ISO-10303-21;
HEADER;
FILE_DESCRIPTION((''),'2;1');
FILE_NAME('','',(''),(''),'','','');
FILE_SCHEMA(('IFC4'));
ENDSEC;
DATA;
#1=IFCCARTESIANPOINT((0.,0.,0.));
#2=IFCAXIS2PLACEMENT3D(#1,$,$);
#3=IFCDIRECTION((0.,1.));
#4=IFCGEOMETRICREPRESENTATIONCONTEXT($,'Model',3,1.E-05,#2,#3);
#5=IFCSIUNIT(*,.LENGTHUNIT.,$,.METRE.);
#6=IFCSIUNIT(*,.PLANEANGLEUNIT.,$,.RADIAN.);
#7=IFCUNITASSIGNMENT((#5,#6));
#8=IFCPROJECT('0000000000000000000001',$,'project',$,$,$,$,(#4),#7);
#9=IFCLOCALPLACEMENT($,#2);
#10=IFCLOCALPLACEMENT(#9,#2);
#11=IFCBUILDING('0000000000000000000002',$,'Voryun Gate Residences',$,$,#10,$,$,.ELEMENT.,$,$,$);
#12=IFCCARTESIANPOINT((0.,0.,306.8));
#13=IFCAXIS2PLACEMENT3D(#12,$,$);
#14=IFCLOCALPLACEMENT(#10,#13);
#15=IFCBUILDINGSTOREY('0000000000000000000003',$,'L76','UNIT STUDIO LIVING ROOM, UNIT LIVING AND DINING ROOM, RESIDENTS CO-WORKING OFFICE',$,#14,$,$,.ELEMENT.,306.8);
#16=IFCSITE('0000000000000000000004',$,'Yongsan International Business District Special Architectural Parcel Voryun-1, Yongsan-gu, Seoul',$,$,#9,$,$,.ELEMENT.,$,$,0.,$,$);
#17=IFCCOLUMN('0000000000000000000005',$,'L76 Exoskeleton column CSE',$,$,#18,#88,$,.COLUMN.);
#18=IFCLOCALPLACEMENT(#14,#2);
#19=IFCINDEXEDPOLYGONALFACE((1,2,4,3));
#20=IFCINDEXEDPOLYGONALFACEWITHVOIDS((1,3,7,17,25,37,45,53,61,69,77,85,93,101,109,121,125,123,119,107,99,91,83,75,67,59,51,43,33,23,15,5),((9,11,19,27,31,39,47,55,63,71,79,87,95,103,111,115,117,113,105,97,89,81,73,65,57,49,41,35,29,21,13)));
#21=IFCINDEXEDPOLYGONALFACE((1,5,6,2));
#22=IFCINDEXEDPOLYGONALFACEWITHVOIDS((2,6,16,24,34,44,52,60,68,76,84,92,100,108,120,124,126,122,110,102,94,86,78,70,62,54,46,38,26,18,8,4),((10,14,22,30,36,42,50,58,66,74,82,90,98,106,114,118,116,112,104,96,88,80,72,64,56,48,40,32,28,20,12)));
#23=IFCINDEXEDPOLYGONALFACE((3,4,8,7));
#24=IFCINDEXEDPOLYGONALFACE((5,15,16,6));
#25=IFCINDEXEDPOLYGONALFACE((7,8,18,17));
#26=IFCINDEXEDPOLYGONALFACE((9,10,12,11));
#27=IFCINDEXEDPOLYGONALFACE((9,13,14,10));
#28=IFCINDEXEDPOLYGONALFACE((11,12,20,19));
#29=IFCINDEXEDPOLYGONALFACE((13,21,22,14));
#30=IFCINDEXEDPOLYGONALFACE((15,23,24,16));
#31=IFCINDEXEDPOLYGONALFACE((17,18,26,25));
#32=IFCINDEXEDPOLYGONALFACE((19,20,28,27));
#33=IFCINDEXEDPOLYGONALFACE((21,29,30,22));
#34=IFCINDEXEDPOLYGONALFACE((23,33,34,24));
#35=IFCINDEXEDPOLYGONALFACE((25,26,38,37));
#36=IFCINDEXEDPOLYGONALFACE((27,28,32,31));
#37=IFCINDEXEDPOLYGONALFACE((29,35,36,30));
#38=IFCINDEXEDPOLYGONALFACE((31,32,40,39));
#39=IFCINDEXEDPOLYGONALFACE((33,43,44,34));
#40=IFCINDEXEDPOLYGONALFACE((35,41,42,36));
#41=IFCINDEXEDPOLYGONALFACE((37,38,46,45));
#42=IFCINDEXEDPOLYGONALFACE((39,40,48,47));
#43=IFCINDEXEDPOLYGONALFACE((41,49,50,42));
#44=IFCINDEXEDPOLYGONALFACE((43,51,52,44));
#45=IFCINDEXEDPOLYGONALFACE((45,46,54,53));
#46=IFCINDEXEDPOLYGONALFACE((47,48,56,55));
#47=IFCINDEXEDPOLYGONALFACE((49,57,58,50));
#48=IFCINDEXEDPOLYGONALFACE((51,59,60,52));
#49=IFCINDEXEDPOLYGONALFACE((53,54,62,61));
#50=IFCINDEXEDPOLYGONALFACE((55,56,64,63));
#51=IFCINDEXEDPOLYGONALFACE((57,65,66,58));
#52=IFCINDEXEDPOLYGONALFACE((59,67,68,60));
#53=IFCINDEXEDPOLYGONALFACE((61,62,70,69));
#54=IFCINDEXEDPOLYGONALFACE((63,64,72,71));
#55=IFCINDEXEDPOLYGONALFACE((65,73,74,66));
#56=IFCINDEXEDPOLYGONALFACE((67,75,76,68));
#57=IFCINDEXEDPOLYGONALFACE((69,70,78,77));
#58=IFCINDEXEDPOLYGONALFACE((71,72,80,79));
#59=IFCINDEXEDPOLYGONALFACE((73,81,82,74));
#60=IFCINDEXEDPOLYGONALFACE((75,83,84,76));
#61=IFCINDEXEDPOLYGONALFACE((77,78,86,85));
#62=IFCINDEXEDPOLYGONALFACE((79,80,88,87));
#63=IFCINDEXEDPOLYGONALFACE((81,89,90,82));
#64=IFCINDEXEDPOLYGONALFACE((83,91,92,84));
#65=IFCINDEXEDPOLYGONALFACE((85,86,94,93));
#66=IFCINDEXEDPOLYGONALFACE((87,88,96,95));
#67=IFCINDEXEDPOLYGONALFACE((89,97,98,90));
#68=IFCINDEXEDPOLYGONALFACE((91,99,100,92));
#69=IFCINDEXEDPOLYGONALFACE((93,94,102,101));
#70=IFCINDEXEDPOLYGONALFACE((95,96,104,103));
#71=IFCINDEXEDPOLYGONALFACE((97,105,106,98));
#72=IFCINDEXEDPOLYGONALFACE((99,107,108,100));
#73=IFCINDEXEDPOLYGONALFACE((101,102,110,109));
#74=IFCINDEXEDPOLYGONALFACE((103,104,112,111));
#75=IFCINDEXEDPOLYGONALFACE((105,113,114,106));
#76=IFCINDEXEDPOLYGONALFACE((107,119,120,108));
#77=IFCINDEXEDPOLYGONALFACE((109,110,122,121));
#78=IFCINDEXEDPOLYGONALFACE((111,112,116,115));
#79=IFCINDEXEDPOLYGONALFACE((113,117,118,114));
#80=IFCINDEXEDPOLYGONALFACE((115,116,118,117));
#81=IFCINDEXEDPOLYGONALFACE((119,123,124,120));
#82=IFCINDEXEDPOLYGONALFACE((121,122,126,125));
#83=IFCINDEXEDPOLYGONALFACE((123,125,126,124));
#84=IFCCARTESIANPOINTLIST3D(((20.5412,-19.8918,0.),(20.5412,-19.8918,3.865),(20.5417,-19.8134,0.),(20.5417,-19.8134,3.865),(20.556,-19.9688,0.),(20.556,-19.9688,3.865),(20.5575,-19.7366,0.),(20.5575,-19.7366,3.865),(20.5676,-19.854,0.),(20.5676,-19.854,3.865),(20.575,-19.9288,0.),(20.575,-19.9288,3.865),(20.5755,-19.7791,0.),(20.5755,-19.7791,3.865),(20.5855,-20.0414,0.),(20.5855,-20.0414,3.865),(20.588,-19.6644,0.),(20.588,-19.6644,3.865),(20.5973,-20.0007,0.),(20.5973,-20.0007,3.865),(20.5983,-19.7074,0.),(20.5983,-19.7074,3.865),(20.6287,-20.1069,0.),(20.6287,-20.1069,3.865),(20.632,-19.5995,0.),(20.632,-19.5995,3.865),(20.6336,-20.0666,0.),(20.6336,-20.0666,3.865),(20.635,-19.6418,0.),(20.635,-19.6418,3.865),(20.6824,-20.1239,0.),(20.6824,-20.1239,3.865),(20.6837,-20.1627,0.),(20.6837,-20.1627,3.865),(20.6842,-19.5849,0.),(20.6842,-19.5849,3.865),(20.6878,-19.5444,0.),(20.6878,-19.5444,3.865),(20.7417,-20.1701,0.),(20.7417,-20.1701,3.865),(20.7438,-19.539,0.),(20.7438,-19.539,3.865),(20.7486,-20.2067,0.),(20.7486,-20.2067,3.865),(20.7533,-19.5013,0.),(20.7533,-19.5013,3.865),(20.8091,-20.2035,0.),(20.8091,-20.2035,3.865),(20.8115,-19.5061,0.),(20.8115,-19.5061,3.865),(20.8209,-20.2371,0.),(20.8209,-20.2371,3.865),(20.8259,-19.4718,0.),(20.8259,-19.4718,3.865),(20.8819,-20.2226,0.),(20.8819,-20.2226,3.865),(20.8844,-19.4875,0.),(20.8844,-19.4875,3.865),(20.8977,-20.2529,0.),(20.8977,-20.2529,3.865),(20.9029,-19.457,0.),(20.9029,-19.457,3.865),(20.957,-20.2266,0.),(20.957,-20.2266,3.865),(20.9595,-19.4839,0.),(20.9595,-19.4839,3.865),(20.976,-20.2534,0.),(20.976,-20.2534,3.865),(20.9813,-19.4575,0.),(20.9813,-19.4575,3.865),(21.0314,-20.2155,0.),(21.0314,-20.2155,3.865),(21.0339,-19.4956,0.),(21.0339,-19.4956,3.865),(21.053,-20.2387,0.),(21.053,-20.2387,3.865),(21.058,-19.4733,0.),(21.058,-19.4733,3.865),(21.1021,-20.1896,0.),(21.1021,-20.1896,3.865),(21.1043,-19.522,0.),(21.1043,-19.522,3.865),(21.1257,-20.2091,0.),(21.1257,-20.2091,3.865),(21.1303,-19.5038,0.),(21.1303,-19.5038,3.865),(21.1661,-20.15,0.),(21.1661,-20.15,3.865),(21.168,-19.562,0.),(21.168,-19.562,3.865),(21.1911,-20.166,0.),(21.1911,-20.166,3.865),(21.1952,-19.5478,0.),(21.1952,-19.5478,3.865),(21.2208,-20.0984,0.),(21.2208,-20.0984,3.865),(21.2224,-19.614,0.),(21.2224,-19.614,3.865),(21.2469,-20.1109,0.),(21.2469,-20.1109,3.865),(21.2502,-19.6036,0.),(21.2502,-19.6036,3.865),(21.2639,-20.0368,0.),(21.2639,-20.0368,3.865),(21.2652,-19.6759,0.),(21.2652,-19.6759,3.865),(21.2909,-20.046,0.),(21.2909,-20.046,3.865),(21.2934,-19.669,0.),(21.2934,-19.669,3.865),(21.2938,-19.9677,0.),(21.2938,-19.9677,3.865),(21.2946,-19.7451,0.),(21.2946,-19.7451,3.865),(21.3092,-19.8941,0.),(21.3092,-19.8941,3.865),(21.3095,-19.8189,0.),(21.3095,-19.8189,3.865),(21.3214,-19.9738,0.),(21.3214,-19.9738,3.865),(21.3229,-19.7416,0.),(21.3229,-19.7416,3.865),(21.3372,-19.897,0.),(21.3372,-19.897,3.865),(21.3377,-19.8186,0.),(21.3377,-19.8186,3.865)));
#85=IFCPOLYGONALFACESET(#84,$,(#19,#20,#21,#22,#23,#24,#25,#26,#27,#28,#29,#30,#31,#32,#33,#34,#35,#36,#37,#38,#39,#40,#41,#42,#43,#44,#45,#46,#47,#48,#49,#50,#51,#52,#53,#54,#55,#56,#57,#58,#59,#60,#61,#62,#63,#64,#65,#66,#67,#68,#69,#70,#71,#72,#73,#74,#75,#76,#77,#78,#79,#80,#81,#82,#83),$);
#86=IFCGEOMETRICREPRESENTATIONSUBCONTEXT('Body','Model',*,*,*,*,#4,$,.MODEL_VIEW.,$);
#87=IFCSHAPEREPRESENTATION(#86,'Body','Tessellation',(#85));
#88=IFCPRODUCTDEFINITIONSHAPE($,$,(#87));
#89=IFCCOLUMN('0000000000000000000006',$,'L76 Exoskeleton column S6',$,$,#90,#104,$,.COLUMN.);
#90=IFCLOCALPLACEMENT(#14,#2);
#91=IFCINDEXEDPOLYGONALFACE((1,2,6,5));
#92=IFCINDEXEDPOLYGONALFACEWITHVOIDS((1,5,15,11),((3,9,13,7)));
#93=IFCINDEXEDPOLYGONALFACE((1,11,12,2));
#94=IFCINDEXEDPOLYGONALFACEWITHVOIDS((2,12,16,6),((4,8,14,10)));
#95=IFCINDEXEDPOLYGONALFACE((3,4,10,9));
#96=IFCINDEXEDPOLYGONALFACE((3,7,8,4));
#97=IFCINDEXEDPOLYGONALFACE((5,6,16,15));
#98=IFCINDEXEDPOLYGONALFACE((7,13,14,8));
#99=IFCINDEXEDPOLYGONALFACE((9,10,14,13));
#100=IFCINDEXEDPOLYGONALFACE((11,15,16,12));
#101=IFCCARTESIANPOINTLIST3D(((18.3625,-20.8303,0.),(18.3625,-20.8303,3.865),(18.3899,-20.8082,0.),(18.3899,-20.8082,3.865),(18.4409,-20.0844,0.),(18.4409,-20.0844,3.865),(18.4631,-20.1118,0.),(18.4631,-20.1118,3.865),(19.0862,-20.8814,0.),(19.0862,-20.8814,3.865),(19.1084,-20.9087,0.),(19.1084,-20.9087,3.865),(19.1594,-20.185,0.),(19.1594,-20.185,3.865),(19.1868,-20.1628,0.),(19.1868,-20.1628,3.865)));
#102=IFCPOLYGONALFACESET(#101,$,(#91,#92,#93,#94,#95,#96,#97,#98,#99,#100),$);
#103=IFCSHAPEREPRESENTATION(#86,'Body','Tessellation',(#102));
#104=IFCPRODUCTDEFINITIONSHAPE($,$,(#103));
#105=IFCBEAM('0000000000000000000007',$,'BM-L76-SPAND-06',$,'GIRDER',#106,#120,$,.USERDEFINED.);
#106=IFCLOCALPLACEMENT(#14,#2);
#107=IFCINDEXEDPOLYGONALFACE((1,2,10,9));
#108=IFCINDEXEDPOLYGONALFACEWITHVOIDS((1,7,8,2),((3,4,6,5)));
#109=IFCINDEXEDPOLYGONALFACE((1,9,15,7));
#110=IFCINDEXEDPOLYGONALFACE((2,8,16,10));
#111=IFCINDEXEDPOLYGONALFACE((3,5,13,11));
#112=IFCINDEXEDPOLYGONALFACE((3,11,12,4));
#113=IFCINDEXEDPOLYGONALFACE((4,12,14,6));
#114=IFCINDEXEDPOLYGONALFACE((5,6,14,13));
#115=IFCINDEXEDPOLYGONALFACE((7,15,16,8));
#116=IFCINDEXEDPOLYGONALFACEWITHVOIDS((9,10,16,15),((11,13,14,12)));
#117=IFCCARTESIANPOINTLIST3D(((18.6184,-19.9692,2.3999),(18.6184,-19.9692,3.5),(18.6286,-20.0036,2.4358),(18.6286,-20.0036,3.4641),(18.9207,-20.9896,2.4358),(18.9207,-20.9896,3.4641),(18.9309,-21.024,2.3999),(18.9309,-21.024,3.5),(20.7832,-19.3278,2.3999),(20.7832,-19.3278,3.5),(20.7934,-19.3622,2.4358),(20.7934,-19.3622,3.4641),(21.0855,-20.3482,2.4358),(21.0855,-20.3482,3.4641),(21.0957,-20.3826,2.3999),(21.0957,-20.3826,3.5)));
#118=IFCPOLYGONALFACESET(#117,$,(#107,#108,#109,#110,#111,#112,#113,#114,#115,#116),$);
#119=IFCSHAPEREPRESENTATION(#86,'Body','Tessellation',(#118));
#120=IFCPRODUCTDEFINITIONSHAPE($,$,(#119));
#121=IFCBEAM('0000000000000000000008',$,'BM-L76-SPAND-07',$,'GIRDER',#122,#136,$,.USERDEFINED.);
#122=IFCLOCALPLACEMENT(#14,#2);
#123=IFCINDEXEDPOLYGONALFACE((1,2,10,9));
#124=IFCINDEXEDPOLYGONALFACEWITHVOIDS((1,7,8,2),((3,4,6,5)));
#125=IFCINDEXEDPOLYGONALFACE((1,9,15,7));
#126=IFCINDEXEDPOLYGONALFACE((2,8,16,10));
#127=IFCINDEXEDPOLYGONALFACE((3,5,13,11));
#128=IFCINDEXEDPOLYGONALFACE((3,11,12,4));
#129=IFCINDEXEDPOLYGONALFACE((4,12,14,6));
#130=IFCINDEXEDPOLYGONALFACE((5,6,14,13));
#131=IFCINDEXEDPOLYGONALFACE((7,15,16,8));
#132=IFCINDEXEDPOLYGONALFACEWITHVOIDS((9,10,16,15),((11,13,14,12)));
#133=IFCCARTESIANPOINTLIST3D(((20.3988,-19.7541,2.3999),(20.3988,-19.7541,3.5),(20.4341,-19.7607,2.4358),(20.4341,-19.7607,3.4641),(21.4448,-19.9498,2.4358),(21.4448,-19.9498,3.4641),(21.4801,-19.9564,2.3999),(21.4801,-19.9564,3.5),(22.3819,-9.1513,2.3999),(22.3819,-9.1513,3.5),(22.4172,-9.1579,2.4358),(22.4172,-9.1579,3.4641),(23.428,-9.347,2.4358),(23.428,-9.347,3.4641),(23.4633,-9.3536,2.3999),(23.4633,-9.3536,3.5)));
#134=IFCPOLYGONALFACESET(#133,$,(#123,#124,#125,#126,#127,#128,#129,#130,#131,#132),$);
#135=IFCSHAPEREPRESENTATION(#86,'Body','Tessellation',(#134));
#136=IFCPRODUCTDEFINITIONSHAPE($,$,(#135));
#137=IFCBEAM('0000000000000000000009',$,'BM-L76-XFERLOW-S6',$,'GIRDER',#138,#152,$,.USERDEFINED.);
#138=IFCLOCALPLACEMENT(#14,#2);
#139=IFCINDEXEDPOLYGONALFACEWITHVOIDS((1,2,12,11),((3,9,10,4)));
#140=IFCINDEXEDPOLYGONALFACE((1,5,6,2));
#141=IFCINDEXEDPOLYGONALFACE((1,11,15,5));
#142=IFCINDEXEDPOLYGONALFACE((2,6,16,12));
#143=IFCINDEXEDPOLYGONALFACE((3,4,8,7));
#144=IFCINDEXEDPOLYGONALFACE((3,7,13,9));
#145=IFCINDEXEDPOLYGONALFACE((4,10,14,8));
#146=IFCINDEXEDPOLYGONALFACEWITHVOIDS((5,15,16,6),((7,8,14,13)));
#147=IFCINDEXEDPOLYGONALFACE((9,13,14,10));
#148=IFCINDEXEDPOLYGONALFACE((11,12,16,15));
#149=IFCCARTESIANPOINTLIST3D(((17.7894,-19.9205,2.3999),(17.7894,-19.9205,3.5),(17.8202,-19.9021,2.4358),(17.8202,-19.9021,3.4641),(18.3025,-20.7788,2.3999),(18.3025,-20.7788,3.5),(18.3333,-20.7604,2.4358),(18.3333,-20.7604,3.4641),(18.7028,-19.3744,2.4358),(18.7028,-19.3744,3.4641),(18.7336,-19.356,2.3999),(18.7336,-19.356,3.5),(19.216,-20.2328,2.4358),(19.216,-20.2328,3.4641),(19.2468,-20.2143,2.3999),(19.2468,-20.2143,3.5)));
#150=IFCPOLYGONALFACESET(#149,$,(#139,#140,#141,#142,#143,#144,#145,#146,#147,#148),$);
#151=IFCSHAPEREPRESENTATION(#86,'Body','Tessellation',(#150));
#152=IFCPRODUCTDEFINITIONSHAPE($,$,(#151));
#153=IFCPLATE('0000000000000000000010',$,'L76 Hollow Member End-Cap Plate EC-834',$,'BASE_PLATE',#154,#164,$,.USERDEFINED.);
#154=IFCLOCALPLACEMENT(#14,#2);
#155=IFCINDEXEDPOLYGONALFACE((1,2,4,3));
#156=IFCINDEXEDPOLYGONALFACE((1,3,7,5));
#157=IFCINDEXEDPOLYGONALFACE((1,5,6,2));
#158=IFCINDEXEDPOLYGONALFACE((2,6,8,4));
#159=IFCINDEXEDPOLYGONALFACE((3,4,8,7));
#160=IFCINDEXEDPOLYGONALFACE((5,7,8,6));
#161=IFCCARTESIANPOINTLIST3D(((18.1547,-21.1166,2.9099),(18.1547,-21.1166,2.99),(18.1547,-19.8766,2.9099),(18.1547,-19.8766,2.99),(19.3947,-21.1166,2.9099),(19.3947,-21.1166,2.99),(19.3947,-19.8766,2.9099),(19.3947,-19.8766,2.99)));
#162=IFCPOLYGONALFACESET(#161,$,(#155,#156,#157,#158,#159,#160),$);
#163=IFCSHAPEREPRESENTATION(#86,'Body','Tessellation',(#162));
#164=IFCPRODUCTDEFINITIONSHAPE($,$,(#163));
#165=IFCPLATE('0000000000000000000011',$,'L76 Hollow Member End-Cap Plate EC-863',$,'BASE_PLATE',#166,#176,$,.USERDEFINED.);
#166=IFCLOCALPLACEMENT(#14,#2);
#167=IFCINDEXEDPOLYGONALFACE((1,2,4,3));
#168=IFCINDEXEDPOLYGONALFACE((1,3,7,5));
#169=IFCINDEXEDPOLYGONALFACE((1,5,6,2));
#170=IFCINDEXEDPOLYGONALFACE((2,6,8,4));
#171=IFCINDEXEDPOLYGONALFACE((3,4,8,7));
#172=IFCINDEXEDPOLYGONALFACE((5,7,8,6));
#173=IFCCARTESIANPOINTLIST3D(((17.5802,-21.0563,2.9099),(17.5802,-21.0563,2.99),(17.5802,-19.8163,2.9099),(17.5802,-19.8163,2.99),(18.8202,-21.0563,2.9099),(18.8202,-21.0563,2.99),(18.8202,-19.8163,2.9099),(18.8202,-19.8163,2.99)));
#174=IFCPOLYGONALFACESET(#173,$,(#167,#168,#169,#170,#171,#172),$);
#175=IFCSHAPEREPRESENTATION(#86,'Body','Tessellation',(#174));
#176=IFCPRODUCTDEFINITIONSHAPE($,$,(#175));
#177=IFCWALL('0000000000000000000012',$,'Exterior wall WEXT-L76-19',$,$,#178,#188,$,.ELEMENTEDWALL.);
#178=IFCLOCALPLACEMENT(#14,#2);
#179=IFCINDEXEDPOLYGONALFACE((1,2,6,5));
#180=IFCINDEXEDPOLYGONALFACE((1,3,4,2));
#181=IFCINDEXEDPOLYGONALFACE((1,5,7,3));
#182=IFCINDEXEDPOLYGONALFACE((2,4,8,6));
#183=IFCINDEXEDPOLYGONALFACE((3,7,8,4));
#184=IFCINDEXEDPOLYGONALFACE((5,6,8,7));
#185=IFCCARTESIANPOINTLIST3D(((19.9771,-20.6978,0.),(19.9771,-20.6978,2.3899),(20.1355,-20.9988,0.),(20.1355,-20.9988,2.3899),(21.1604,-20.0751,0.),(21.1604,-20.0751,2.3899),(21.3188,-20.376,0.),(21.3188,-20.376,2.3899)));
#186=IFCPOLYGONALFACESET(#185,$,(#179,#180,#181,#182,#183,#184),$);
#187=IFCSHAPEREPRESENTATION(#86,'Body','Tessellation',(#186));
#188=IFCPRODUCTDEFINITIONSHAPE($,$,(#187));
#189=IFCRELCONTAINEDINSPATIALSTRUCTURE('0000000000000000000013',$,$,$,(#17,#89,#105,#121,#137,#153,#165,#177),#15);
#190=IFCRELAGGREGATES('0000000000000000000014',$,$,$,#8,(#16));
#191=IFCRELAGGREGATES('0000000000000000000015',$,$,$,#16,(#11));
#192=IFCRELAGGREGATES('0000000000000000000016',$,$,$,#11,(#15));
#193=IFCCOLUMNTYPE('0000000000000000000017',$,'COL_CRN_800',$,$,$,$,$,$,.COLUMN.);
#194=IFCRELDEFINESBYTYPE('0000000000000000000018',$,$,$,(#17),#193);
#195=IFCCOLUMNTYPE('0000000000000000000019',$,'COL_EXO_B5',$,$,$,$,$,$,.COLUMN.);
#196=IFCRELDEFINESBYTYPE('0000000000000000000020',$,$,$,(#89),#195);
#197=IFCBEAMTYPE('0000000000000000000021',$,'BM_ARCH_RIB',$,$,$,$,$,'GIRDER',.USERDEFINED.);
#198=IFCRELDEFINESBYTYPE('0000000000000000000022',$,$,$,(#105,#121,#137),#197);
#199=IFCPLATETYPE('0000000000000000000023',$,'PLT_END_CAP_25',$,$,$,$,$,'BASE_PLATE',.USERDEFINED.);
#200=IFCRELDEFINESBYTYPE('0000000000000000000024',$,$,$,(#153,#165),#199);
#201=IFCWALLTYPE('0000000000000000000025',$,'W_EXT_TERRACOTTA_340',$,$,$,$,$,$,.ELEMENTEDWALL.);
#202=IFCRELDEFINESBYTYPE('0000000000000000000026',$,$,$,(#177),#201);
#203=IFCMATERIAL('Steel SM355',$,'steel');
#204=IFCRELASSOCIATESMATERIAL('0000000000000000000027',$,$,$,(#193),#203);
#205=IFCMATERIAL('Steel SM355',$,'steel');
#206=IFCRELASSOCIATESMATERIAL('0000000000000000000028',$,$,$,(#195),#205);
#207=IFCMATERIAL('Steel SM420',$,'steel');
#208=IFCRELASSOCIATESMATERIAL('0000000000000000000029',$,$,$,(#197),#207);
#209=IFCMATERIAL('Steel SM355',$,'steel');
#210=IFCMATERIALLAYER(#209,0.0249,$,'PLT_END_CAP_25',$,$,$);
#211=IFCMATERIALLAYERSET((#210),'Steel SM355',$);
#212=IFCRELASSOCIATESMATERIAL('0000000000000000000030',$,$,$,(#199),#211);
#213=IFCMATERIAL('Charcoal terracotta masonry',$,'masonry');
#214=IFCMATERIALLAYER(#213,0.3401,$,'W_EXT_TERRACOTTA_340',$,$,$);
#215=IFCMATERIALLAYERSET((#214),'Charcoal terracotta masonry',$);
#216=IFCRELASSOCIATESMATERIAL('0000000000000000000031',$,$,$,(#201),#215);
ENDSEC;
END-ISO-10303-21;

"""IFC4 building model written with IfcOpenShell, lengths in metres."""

from ifc_helpers import new_model, si_unit, direction, frame, frame_2d, origin, origin_2d, place, context, subcontext, project, spatial, rectangle, hollow_rectangle, hollow_circle, extrude, material, layer, layer_set, material_profile, profile_set, type_object, element, save


model = new_model("IFC4")

# Units and contexts
model_context = context("Model", 3, precision=1e-05, world=origin(), true_north=direction((0.0, 1.0)))
body_context = subcontext(model_context, "Body", "Model", "MODEL_VIEW")
ifc_project = project(units=[si_unit("LENGTHUNIT", "METRE"), si_unit("PLANEANGLEUNIT", "RADIAN")], contexts=[model_context])

# Site, building, storey
site_placement = place(None, origin())
site = spatial("IfcSite", under=ifc_project, at=site_placement, Name="Yongsan International Business District Special Architectural Parcel Voryun-1, Yongsan-gu, Seoul", CompositionType="ELEMENT", RefElevation=0.0)
building_placement = place(site_placement, origin())
building = spatial("IfcBuilding", under=site, at=building_placement, Name="Voryun Gate Residences", CompositionType="ELEMENT")
storey_placement = place(building_placement, frame((0.0, 0.0, 306.8)))
storey = spatial("IfcBuildingStorey", under=building, at=storey_placement, Name="L76", Description="UNIT STUDIO LIVING ROOM, UNIT LIVING AND DINING ROOM, RESIDENTS CO-WORKING OFFICE", CompositionType="ELEMENT", Elevation=306.8)

# Columns
ifc_material_1 = material(Name="Steel SM355", Category="steel")
ifc_material_profile_1 = material_profile(ifc_material_1, hollow_circle(Radius=0.3999, WallThickness=0.0281, at=origin_2d()), Name="CHS-800x28")
ifc_profile_set_1 = profile_set([ifc_material_profile_1], Name="Steel SM355")
column_type_1 = type_object("IfcColumnType", Name="COL_CRN_800", PredefinedType="COLUMN", material=ifc_profile_set_1)
column_1_placement = place(storey_placement, frame((20.9395, -19.8552, 0.0), z_axis=(0.0, 0.0, 1.0), x_axis=(0.994522, -0.104528, 0.0)))
element("IfcColumn", 1, at=column_1_placement, inside=storey, type_object=column_type_1, Name="L76 Exoskeleton column CSE", PredefinedType="COLUMN", context=body_context, shape_type="SweptSolid", body=[
    extrude(hollow_circle(Radius=0.3999, WallThickness=0.0281, at=origin_2d()), origin(), (0.0, 0.0, 1.0), 3.865),
])
ifc_material_2 = material(Name="Steel SM355", Category="steel")
ifc_material_profile_2 = material_profile(ifc_material_2, hollow_rectangle(XDim=0.75, YDim=0.75, WallThickness=0.0249, at=origin_2d()), Name="BOX-750x750x25")
ifc_profile_set_2 = profile_set([ifc_material_profile_2], Name="Steel SM355")
column_type_2 = type_object("IfcColumnType", Name="COL_EXO_B5", PredefinedType="COLUMN", material=ifc_profile_set_2)
column_2_placement = place(storey_placement, frame((18.7747, -20.4966, 0.0), z_axis=(0.0, 0.0, 1.0), x_axis=(0.994522, -0.104528, 0.0)))
element("IfcColumn", 2, at=column_2_placement, inside=storey, type_object=column_type_2, Name="L76 Exoskeleton column S6", PredefinedType="COLUMN", context=body_context, shape_type="SweptSolid", body=[
    extrude(hollow_rectangle(XDim=0.75, YDim=0.75, WallThickness=0.0249, at=origin_2d()), origin(), (0.0, 0.0, 1.0), 3.865),
])

# Beams
ifc_material_3 = material(Name="Steel SM420", Category="steel")
ifc_material_profile_3 = material_profile(ifc_material_3, hollow_rectangle(XDim=1.1001, YDim=1.1001, WallThickness=0.0359, at=origin_2d()), Name="BOX-1100x1100x36")
ifc_profile_set_3 = profile_set([ifc_material_profile_3], Name="Steel SM420")
beam_type = type_object("IfcBeamType", Name="BM_ARCH_RIB", ElementType="GIRDER", PredefinedType="USERDEFINED", material=ifc_profile_set_3)
beam_1_placement = place(storey_placement, frame((18.7747, -20.4966, 2.95), z_axis=(0.958806, 0.284063, 0.0), x_axis=(-0.284063, 0.958806, 0.0)))
element("IfcBeam", 3, at=beam_1_placement, inside=storey, type_object=beam_type, Name="BM-L76-SPAND-06", ObjectType="GIRDER", PredefinedType="USERDEFINED", context=body_context, shape_type="SweptSolid", body=[
    extrude(hollow_rectangle(XDim=1.1001, YDim=1.1001, WallThickness=0.0359, at=origin_2d()), origin(), (0.0, 0.0, 1.0), 2.2578),
])
beam_2_placement = place(storey_placement, frame((20.9395, -19.8552, 2.95), z_axis=(0.183853, 0.982954, 0.0), x_axis=(-0.982954, 0.183853, 0.0)))
element("IfcBeam", 4, at=beam_2_placement, inside=storey, type_object=beam_type, Name="BM-L76-SPAND-07", ObjectType="GIRDER", PredefinedType="USERDEFINED", context=body_context, shape_type="SweptSolid", body=[
    extrude(hollow_rectangle(XDim=1.1001, YDim=1.1001, WallThickness=0.0359, at=origin_2d()), origin(), (0.0, 0.0, 1.0), 10.7866),
])
beam_3_placement = place(storey_placement, frame((18.7747, -20.4966, 2.95), z_axis=(-0.513131, 0.85831, 0.0), x_axis=(-0.85831, -0.513131, 0.0)))
element("IfcBeam", 5, at=beam_3_placement, inside=storey, type_object=beam_type, Name="BM-L76-XFERLOW-S6", ObjectType="GIRDER", PredefinedType="USERDEFINED", context=body_context, shape_type="SweptSolid", body=[
    extrude(hollow_rectangle(XDim=1.1001, YDim=1.1001, WallThickness=0.0359, at=origin_2d()), origin(), (0.0, 0.0, 1.0), 1.0),
])

# Plates
ifc_material_4 = material(Name="Steel SM355", Category="steel")
ifc_layer_1 = layer(ifc_material_4, 0.0249, Name="PLT_END_CAP_25")
ifc_layer_set_1 = layer_set([ifc_layer_1], Name="Steel SM355")
plate_type = type_object("IfcPlateType", Name="PLT_END_CAP_25", ElementType="BASE_PLATE", PredefinedType="USERDEFINED", material=ifc_layer_set_1)
for number, where, z_axis, x_axis, name in (
    (6, (18.7747, -20.4966, 2.9099), (0.0, 0.0, 1.0), (1.0, 0.0, 0.0), "L76 Hollow Member End-Cap Plate EC-834"),
    (7, (18.2002, -20.4363, 2.9099), (0.0, 0.0, 1.0), (1.0, 0.0, 0.0), "L76 Hollow Member End-Cap Plate EC-863"),
):
    element("IfcPlate", number, at=place(storey_placement, frame(where, z_axis=z_axis, x_axis=x_axis)), inside=storey, type_object=plate_type, Name=name, ObjectType="BASE_PLATE", PredefinedType="USERDEFINED", context=body_context, shape_type="SweptSolid", body=[
        extrude(rectangle(XDim=1.24, YDim=1.24, at=origin_2d()), origin(), (0.0, 0.0, 1.0), 0.0801),
    ])

# Shared definitions
ifc_material_5 = material(Name="Charcoal terracotta masonry", Category="masonry")
ifc_layer_2 = layer(ifc_material_5, 0.3401, Name="W_EXT_TERRACOTTA_340")
ifc_layer_set_2 = layer_set([ifc_layer_2], Name="Charcoal terracotta masonry")
wall_type_1 = type_object("IfcWallType", Name="W_EXT_TERRACOTTA_340", PredefinedType="ELEMENTEDWALL", material=ifc_layer_set_2)

# Wall
wall_1_placement = place(storey_placement, frame((21.2395, -20.2256, 0.0), z_axis=(0.0, 0.0, 1.0), x_axis=(-0.884922, -0.465739, 0.0)))
element("IfcWall", 8, at=wall_1_placement, inside=storey, type_object=wall_type_1, Name="Exterior wall WEXT-L76-19", PredefinedType="ELEMENTEDWALL", context=body_context, shape_type="SweptSolid", body=[
    extrude(rectangle(XDim=1.3372, YDim=0.3401, at=frame_2d((0.6685, 0.0))), origin(), (0.0, 0.0, 1.0), 2.3899),
])

save(model, "model.ifc")
